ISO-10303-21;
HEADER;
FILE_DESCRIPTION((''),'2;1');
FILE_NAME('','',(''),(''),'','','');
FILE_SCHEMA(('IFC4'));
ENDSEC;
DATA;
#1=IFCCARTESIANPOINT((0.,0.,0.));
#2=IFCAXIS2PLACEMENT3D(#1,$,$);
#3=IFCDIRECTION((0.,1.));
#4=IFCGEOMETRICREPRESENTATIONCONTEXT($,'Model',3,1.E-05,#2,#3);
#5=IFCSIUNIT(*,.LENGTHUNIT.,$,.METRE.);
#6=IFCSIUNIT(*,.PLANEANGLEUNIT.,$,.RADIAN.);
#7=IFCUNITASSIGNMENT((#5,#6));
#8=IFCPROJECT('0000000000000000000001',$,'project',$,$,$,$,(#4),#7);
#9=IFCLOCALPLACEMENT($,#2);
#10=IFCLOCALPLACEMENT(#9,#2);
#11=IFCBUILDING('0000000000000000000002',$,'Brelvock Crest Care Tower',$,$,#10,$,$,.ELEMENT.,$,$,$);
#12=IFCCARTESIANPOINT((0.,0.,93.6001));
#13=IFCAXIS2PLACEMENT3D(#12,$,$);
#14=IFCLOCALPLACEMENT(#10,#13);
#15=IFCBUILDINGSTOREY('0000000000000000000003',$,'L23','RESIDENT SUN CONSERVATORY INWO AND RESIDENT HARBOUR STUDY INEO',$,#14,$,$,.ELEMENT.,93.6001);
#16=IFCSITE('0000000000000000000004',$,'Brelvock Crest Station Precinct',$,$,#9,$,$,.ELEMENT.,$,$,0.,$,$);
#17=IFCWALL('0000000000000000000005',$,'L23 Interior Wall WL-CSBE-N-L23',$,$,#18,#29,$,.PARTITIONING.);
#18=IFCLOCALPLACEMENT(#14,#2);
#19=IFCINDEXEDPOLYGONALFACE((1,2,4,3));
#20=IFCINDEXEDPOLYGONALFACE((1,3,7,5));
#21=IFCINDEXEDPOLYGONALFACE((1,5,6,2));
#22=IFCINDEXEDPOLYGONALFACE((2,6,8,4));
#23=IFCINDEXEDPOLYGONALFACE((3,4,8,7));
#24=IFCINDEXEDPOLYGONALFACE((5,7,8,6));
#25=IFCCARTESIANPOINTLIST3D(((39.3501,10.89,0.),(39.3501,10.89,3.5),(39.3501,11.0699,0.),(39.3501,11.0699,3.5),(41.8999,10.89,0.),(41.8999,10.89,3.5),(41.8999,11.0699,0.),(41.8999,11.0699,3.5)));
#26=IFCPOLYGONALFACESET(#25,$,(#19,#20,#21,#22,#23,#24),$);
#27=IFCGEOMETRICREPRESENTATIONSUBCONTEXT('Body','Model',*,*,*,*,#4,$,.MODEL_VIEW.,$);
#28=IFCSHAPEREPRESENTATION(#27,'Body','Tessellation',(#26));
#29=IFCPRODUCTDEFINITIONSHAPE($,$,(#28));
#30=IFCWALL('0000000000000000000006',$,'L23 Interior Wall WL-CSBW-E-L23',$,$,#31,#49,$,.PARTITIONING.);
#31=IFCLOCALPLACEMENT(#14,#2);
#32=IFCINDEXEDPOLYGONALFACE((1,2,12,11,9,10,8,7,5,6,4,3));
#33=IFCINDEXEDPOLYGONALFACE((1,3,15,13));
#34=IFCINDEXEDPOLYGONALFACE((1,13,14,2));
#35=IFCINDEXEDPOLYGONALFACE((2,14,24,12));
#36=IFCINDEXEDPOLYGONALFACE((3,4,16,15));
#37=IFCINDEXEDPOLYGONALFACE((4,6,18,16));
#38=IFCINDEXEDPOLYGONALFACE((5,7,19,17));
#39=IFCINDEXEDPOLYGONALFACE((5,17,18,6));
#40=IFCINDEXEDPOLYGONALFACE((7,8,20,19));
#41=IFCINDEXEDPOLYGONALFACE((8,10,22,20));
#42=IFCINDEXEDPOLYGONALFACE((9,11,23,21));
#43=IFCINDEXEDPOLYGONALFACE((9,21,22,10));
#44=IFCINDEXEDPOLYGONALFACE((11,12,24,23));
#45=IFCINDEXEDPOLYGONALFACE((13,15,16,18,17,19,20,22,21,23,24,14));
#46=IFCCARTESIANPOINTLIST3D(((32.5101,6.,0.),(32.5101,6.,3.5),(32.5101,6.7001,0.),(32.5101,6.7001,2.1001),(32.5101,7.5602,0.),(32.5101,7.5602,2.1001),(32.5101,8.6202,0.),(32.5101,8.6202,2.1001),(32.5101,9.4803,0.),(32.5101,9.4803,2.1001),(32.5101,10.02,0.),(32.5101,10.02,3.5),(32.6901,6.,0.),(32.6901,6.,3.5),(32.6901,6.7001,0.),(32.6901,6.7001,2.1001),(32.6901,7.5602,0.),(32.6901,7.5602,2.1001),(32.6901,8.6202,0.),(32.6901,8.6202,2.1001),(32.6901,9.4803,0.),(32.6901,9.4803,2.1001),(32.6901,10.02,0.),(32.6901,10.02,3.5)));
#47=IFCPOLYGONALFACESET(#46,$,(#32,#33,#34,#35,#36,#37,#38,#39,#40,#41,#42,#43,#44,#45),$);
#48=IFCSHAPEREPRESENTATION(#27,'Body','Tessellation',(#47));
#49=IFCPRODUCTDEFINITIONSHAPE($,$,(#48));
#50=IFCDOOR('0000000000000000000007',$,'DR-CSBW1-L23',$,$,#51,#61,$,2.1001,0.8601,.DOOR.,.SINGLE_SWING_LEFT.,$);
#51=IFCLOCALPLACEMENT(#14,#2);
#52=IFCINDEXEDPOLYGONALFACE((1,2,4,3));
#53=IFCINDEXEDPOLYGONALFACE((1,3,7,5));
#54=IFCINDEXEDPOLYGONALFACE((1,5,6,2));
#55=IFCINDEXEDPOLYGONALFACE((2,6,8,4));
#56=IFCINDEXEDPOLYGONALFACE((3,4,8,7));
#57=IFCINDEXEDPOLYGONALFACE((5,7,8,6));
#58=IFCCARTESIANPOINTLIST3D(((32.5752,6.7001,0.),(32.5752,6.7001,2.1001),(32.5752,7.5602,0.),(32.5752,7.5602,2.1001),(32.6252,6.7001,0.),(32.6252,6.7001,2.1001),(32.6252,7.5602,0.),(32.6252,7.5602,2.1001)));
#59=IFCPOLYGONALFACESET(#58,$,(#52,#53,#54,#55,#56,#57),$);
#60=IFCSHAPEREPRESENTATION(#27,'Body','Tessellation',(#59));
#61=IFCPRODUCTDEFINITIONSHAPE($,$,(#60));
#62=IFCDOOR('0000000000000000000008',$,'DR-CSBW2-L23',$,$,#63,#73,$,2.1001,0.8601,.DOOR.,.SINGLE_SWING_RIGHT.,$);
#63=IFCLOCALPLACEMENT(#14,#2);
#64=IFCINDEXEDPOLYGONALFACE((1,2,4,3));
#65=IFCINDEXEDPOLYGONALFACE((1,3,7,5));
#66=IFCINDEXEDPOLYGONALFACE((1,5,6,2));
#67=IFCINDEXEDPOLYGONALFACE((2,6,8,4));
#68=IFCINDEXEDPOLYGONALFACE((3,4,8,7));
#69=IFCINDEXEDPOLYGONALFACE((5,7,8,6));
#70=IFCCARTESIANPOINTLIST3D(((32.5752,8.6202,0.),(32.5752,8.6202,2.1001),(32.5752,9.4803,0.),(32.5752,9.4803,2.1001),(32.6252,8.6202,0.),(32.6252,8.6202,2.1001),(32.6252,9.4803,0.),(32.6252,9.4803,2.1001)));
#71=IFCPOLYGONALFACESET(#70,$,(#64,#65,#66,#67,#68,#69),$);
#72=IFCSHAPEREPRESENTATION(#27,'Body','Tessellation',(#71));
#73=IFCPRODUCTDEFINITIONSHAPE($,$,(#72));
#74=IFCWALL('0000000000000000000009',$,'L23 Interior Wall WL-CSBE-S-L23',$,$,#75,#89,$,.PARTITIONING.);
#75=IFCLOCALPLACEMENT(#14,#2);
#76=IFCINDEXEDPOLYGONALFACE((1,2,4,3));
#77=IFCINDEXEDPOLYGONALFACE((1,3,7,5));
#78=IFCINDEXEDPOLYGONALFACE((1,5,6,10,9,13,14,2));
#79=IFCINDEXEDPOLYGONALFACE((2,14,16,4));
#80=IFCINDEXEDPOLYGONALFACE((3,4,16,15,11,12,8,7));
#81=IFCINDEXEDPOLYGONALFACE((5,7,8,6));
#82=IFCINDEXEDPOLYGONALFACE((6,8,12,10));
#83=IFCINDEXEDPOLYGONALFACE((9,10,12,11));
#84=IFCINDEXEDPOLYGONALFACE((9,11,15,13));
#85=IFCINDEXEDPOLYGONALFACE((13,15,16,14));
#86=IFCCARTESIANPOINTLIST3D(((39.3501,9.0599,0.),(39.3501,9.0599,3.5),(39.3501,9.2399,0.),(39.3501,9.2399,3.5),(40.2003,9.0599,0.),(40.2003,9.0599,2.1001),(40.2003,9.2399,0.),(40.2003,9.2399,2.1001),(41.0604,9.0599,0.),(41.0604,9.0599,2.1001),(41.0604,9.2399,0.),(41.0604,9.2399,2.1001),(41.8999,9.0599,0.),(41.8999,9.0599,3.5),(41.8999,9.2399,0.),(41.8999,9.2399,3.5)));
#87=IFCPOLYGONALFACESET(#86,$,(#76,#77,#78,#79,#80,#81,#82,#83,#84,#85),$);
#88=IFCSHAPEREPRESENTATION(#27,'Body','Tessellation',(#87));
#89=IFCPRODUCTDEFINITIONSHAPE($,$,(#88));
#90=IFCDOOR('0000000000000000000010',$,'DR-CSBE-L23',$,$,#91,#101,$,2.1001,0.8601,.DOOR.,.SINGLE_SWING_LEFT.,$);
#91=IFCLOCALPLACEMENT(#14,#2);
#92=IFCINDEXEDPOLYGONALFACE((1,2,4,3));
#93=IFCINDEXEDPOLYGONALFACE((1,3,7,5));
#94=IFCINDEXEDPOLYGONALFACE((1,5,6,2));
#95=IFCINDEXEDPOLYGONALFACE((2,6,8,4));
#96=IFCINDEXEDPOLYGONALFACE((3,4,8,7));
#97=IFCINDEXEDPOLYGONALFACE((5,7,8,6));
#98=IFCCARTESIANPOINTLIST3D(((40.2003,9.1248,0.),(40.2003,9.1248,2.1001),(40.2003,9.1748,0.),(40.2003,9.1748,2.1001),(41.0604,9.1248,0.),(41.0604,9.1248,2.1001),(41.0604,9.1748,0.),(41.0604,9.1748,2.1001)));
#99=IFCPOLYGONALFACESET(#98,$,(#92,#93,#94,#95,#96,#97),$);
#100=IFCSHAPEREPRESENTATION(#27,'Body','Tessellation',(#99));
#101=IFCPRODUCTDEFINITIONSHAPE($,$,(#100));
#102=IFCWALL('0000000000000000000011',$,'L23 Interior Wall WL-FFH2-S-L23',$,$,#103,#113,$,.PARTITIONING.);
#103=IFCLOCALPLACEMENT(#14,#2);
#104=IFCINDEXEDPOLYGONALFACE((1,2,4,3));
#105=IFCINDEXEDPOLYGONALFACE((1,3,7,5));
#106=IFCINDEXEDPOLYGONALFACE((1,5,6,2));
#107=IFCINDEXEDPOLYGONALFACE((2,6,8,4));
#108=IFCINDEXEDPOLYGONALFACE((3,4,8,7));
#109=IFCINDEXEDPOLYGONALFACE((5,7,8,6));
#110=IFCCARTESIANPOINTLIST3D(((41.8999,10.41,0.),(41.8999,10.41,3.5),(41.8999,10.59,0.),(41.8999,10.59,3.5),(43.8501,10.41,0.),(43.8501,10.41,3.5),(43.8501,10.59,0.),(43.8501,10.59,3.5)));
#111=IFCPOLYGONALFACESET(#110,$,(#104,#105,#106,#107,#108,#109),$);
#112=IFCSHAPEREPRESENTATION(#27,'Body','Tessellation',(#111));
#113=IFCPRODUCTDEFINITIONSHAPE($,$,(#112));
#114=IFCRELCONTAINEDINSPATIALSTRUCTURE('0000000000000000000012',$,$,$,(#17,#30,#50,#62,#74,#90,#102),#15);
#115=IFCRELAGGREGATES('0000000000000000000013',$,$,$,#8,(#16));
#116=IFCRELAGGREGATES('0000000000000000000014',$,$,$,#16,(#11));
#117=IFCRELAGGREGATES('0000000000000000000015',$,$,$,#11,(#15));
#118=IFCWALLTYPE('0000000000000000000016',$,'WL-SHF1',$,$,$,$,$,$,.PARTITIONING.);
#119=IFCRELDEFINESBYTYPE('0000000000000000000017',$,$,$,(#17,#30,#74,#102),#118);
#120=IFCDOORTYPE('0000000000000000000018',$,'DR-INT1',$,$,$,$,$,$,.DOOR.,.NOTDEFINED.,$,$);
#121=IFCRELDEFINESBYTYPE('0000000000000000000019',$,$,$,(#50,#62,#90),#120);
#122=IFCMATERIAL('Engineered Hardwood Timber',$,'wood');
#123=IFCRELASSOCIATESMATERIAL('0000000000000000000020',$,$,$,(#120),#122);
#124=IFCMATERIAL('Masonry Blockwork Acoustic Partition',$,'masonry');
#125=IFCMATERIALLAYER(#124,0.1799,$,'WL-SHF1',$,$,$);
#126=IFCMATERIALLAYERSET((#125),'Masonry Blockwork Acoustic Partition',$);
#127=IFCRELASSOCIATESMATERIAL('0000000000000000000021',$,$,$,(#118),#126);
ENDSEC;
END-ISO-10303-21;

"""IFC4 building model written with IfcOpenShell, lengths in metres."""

from ifc_helpers import new_model, si_unit, direction, frame, frame_2d, origin, origin_2d, place, context, subcontext, project, spatial, rectangle, extrude, source, transform, mapped, material, layer, layer_set, type_object, element, fill, save


model = new_model("IFC4")

# Units and contexts
model_context = context("Model", 3, precision=1e-05, world=origin(), true_north=direction((0.0, 1.0)))
body_context = subcontext(model_context, "Body", "Model", "MODEL_VIEW")
ifc_project = project(units=[si_unit("LENGTHUNIT", "METRE"), si_unit("PLANEANGLEUNIT", "RADIAN")], contexts=[model_context])

# Site, building, storey
site_placement = place(None, origin())
site = spatial("IfcSite", under=ifc_project, at=site_placement, Name="Brelvock Crest Station Precinct", CompositionType="ELEMENT", RefElevation=0.0)
building_placement = place(site_placement, origin())
building = spatial("IfcBuilding", under=site, at=building_placement, Name="Brelvock Crest Care Tower", CompositionType="ELEMENT")
storey_placement = place(building_placement, frame((0.0, 0.0, 93.6001)))
storey = spatial("IfcBuildingStorey", under=building, at=storey_placement, Name="L23", Description="RESIDENT SUN CONSERVATORY INWO AND RESIDENT HARBOUR STUDY INEO", CompositionType="ELEMENT", Elevation=93.6001)

# Shared definitions
ifc_material_1 = material(Name="Masonry Blockwork Acoustic Partition", Category="masonry")
ifc_material_2 = material(Name="Engineered Hardwood Timber", Category="wood")
door_type_1 = type_object("IfcDoorType", Name="DR-INT1", OperationType="NOTDEFINED", PredefinedType="DOOR", material=ifc_material_2)
shared_shape_1 = source(origin(), body_context, "Body", "SweptSolid", [
    extrude(rectangle(XDim=0.8601, YDim=2.1001, at=origin_2d()), frame((0.4302, 0.0249, 1.05), z_axis=(0.0, -1.0, 0.0), x_axis=(1.0, 0.0, 0.0)), (0.0, 0.0, 1.0), 0.05),
])

# Wall
ifc_layer_1 = layer(ifc_material_1, 0.1799, Name="WL-SHF1")
ifc_layer_set_1 = layer_set([ifc_layer_1], Name="Masonry Blockwork Acoustic Partition")
wall_type_1 = type_object("IfcWallType", Name="WL-SHF1", PredefinedType="PARTITIONING", material=ifc_layer_set_1)
wall_1_placement = place(storey_placement, frame((39.3501, 10.98, 0.0), z_axis=(0.0, 0.0, 1.0), x_axis=(1.0, 0.0, 0.0)))
element("IfcWall", 1, at=wall_1_placement, inside=storey, type_object=wall_type_1, Name="L23 Interior Wall WL-CSBE-N-L23", PredefinedType="PARTITIONING", context=body_context, shape_type="SweptSolid", body=[
    extrude(rectangle(XDim=2.5498, YDim=0.1799, at=frame_2d((1.2749, 0.0))), origin(), (0.0, 0.0, 1.0), 3.5),
])

# Wall, openings, doors
wall_2_placement = place(storey_placement, frame((32.6001, 6.0, 0.0), z_axis=(0.0, 0.0, 1.0), x_axis=(0.0, 1.0, 0.0)))
wall_2 = element("IfcWall", 2, at=wall_2_placement, inside=storey, type_object=wall_type_1, Name="L23 Interior Wall WL-CSBW-E-L23", PredefinedType="PARTITIONING", context=body_context, shape_type="SweptSolid", body=[
    extrude(rectangle(XDim=4.02, YDim=0.1799, at=frame_2d((2.01, 0.0))), origin(), (0.0, 0.0, 1.0), 3.5),
])
opening_1_placement = place(wall_2_placement, frame((0.7, 0.0, 0.0)))
opening_1 = element("IfcOpeningElement", 3, at=opening_1_placement, cuts=wall_2, PredefinedType="OPENING", context=body_context, shape_type="SweptSolid", body=[
    extrude(rectangle(XDim=0.8601, YDim=2.1001, at=origin_2d()), frame((0.4302, 0.1001, 1.05), z_axis=(0.0, -1.0, 0.0), x_axis=(1.0, 0.0, 0.0)), (0.0, 0.0, 1.0), 0.2),
])
opening_2_placement = place(wall_2_placement, frame((2.6201, 0.0, 0.0)))
opening_2 = element("IfcOpeningElement", 4, at=opening_2_placement, cuts=wall_2, PredefinedType="OPENING", context=body_context, shape_type="SweptSolid", body=[
    extrude(rectangle(XDim=0.8601, YDim=2.1001, at=origin_2d()), frame((0.4302, 0.1001, 1.05), z_axis=(0.0, -1.0, 0.0), x_axis=(1.0, 0.0, 0.0)), (0.0, 0.0, 1.0), 0.2),
])
door_1_placement = place(opening_1_placement, origin())
door_1 = element("IfcDoor", 5, at=door_1_placement, inside=storey, type_object=door_type_1, Name="DR-CSBW1-L23", OperationType="SINGLE_SWING_LEFT", OverallHeight=2.1001, OverallWidth=0.8601, PredefinedType="DOOR", context=body_context, shape_type="MappedRepresentation", body=[
    mapped(shared_shape_1, transform((0.0, 0.0, 0.0), x_axis=(1.0, 0.0, 0.0), y_axis=(0.0, 1.0, 0.0), z_axis=(0.0, 0.0, 1.0), scale=1.0)),
])
fill(opening_1, door_1)
door_2_placement = place(opening_2_placement, origin())
door_2 = element("IfcDoor", 6, at=door_2_placement, inside=storey, type_object=door_type_1, Name="DR-CSBW2-L23", OperationType="SINGLE_SWING_RIGHT", OverallHeight=2.1001, OverallWidth=0.8601, PredefinedType="DOOR", context=body_context, shape_type="MappedRepresentation", body=[
    mapped(shared_shape_1, transform((0.0, 0.0, 0.0), x_axis=(1.0, 0.0, 0.0), y_axis=(0.0, 1.0, 0.0), z_axis=(0.0, 0.0, 1.0), scale=1.0)),
])
fill(opening_2, door_2)

# Wall, opening, door
wall_3_placement = place(storey_placement, frame((39.3501, 9.1499, 0.0), z_axis=(0.0, 0.0, 1.0), x_axis=(1.0, 0.0, 0.0)))
wall_3 = element("IfcWall", 7, at=wall_3_placement, inside=storey, type_object=wall_type_1, Name="L23 Interior Wall WL-CSBE-S-L23", PredefinedType="PARTITIONING", context=body_context, shape_type="SweptSolid", body=[
    extrude(rectangle(XDim=2.5498, YDim=0.1799, at=frame_2d((1.2749, 0.0))), origin(), (0.0, 0.0, 1.0), 3.5),
])
opening_3_placement = place(wall_3_placement, frame((0.8501, 0.0, 0.0)))
opening_3 = element("IfcOpeningElement", 8, at=opening_3_placement, cuts=wall_3, PredefinedType="OPENING", context=body_context, shape_type="SweptSolid", body=[
    extrude(rectangle(XDim=0.8601, YDim=2.1001, at=origin_2d()), frame((0.4302, 0.1001, 1.05), z_axis=(0.0, -1.0, 0.0), x_axis=(1.0, 0.0, 0.0)), (0.0, 0.0, 1.0), 0.2),
])
door_3_placement = place(opening_3_placement, origin())
door_3 = element("IfcDoor", 9, at=door_3_placement, inside=storey, type_object=door_type_1, Name="DR-CSBE-L23", OperationType="SINGLE_SWING_LEFT", OverallHeight=2.1001, OverallWidth=0.8601, PredefinedType="DOOR", context=body_context, shape_type="MappedRepresentation", body=[
    mapped(shared_shape_1, transform((0.0, 0.0, 0.0), x_axis=(1.0, 0.0, 0.0), y_axis=(0.0, 1.0, 0.0), z_axis=(0.0, 0.0, 1.0), scale=1.0)),
])
fill(opening_3, door_3)

# Wall
wall_4_placement = place(storey_placement, frame((41.8999, 10.5, 0.0), z_axis=(0.0, 0.0, 1.0), x_axis=(1.0, 0.0, 0.0)))
element("IfcWall", 10, at=wall_4_placement, inside=storey, type_object=wall_type_1, Name="L23 Interior Wall WL-FFH2-S-L23", PredefinedType="PARTITIONING", context=body_context, shape_type="SweptSolid", body=[
    extrude(rectangle(XDim=1.9502, YDim=0.1799, at=frame_2d((0.9751, 0.0))), origin(), (0.0, 0.0, 1.0), 3.5),
])

save(model, "model.ifc")
